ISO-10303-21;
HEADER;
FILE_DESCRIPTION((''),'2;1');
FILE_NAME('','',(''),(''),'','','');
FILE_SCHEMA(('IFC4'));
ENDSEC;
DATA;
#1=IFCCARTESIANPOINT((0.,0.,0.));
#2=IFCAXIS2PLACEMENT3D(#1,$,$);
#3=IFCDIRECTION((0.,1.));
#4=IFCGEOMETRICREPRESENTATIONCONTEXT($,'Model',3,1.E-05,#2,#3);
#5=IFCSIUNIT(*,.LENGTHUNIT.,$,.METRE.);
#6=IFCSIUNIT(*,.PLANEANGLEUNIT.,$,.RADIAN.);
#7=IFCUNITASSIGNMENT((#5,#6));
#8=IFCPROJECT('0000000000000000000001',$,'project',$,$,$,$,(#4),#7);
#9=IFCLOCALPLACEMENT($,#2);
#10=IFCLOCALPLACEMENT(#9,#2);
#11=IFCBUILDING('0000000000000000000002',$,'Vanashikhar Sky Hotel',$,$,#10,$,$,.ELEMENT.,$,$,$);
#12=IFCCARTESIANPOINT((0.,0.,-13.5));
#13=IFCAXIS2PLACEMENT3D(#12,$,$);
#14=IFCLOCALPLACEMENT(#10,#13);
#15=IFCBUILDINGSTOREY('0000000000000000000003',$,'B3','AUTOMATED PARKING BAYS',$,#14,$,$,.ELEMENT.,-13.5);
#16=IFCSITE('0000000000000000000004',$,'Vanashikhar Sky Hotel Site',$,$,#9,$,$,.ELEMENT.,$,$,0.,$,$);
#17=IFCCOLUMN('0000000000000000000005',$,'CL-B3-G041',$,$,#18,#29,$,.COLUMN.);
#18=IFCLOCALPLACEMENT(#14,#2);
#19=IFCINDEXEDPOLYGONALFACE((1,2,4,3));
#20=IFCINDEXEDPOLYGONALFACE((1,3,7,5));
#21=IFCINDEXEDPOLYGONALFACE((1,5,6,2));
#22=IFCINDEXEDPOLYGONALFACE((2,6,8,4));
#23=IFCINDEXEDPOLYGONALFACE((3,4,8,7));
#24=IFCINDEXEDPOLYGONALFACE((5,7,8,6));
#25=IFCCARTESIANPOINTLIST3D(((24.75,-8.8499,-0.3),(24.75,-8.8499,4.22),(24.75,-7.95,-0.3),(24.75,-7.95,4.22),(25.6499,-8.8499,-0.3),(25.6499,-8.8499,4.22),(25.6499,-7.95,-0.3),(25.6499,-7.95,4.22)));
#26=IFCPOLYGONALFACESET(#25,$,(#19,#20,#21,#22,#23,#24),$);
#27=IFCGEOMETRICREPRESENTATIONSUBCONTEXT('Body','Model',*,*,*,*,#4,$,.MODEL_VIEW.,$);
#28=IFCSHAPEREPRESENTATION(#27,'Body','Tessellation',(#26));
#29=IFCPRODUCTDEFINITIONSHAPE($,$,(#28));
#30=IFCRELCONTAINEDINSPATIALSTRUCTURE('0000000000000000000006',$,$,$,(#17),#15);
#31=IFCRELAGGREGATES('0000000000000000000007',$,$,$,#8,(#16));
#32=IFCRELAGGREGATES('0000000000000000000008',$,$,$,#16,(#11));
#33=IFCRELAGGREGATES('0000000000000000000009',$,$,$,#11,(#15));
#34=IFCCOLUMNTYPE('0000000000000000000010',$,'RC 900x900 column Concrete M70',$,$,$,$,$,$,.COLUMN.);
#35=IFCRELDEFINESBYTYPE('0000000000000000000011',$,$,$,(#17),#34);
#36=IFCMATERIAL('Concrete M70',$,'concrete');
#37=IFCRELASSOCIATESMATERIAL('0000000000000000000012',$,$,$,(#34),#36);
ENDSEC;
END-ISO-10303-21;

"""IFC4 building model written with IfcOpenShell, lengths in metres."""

from ifc_helpers import new_model, si_unit, direction, frame, origin, origin_2d, place, context, subcontext, project, spatial, rectangle, extrude, source, transform, mapped, material, material_profile, profile_set, type_object, element, save


model = new_model("IFC4")

# Units and contexts
model_context = context("Model", 3, precision=1e-05, world=origin(), true_north=direction((0.0, 1.0)))
body_context = subcontext(model_context, "Body", "Model", "MODEL_VIEW")
ifc_project = project(units=[si_unit("LENGTHUNIT", "METRE"), si_unit("PLANEANGLEUNIT", "RADIAN")], contexts=[model_context])

# Site, building, storey
site_placement = place(None, origin())
site = spatial("IfcSite", under=ifc_project, at=site_placement, Name="Vanashikhar Sky Hotel Site", CompositionType="ELEMENT", RefElevation=0.0)
building_placement = place(site_placement, origin())
building = spatial("IfcBuilding", under=site, at=building_placement, Name="Vanashikhar Sky Hotel", CompositionType="ELEMENT")
storey_placement = place(building_placement, frame((0.0, 0.0, -13.5)))
storey = spatial("IfcBuildingStorey", under=building, at=storey_placement, Name="B3", Description="AUTOMATED PARKING BAYS", CompositionType="ELEMENT", Elevation=-13.5)

# Column
ifc_material_1 = material(Name="Concrete M70", Category="concrete")
ifc_material_profile = material_profile(ifc_material_1, rectangle(XDim=0.8999, YDim=0.8999, at=origin_2d()))
ifc_profile_set = profile_set([ifc_material_profile], Name="RC 900x900 column Concrete M70")
column_type = type_object("IfcColumnType", Name="RC 900x900 column Concrete M70", PredefinedType="COLUMN", material=ifc_profile_set)
shared_shape_1 = source(origin(), body_context, "Body", "SweptSolid", [
    extrude(rectangle(XDim=0.8999, YDim=0.8999, at=origin_2d()), origin(), (0.0, 0.0, 1.0), 4.52),
])
for number, where, z_axis, x_axis, name in (
    (1, (25.2, -8.3999, -0.3), (0.0, 0.0, 1.0), (1.0, 0.0, 0.0), "CL-B3-G041"),
):
    element("IfcColumn", number, at=place(storey_placement, frame(where, z_axis=z_axis, x_axis=x_axis)), inside=storey, type_object=column_type, Name=name, PredefinedType="COLUMN", context=body_context, shape_type="MappedRepresentation", body=[
        mapped(shared_shape_1, transform((0.0, 0.0, 0.0), scale=1.0)),
    ])

save(model, "model.ifc")
